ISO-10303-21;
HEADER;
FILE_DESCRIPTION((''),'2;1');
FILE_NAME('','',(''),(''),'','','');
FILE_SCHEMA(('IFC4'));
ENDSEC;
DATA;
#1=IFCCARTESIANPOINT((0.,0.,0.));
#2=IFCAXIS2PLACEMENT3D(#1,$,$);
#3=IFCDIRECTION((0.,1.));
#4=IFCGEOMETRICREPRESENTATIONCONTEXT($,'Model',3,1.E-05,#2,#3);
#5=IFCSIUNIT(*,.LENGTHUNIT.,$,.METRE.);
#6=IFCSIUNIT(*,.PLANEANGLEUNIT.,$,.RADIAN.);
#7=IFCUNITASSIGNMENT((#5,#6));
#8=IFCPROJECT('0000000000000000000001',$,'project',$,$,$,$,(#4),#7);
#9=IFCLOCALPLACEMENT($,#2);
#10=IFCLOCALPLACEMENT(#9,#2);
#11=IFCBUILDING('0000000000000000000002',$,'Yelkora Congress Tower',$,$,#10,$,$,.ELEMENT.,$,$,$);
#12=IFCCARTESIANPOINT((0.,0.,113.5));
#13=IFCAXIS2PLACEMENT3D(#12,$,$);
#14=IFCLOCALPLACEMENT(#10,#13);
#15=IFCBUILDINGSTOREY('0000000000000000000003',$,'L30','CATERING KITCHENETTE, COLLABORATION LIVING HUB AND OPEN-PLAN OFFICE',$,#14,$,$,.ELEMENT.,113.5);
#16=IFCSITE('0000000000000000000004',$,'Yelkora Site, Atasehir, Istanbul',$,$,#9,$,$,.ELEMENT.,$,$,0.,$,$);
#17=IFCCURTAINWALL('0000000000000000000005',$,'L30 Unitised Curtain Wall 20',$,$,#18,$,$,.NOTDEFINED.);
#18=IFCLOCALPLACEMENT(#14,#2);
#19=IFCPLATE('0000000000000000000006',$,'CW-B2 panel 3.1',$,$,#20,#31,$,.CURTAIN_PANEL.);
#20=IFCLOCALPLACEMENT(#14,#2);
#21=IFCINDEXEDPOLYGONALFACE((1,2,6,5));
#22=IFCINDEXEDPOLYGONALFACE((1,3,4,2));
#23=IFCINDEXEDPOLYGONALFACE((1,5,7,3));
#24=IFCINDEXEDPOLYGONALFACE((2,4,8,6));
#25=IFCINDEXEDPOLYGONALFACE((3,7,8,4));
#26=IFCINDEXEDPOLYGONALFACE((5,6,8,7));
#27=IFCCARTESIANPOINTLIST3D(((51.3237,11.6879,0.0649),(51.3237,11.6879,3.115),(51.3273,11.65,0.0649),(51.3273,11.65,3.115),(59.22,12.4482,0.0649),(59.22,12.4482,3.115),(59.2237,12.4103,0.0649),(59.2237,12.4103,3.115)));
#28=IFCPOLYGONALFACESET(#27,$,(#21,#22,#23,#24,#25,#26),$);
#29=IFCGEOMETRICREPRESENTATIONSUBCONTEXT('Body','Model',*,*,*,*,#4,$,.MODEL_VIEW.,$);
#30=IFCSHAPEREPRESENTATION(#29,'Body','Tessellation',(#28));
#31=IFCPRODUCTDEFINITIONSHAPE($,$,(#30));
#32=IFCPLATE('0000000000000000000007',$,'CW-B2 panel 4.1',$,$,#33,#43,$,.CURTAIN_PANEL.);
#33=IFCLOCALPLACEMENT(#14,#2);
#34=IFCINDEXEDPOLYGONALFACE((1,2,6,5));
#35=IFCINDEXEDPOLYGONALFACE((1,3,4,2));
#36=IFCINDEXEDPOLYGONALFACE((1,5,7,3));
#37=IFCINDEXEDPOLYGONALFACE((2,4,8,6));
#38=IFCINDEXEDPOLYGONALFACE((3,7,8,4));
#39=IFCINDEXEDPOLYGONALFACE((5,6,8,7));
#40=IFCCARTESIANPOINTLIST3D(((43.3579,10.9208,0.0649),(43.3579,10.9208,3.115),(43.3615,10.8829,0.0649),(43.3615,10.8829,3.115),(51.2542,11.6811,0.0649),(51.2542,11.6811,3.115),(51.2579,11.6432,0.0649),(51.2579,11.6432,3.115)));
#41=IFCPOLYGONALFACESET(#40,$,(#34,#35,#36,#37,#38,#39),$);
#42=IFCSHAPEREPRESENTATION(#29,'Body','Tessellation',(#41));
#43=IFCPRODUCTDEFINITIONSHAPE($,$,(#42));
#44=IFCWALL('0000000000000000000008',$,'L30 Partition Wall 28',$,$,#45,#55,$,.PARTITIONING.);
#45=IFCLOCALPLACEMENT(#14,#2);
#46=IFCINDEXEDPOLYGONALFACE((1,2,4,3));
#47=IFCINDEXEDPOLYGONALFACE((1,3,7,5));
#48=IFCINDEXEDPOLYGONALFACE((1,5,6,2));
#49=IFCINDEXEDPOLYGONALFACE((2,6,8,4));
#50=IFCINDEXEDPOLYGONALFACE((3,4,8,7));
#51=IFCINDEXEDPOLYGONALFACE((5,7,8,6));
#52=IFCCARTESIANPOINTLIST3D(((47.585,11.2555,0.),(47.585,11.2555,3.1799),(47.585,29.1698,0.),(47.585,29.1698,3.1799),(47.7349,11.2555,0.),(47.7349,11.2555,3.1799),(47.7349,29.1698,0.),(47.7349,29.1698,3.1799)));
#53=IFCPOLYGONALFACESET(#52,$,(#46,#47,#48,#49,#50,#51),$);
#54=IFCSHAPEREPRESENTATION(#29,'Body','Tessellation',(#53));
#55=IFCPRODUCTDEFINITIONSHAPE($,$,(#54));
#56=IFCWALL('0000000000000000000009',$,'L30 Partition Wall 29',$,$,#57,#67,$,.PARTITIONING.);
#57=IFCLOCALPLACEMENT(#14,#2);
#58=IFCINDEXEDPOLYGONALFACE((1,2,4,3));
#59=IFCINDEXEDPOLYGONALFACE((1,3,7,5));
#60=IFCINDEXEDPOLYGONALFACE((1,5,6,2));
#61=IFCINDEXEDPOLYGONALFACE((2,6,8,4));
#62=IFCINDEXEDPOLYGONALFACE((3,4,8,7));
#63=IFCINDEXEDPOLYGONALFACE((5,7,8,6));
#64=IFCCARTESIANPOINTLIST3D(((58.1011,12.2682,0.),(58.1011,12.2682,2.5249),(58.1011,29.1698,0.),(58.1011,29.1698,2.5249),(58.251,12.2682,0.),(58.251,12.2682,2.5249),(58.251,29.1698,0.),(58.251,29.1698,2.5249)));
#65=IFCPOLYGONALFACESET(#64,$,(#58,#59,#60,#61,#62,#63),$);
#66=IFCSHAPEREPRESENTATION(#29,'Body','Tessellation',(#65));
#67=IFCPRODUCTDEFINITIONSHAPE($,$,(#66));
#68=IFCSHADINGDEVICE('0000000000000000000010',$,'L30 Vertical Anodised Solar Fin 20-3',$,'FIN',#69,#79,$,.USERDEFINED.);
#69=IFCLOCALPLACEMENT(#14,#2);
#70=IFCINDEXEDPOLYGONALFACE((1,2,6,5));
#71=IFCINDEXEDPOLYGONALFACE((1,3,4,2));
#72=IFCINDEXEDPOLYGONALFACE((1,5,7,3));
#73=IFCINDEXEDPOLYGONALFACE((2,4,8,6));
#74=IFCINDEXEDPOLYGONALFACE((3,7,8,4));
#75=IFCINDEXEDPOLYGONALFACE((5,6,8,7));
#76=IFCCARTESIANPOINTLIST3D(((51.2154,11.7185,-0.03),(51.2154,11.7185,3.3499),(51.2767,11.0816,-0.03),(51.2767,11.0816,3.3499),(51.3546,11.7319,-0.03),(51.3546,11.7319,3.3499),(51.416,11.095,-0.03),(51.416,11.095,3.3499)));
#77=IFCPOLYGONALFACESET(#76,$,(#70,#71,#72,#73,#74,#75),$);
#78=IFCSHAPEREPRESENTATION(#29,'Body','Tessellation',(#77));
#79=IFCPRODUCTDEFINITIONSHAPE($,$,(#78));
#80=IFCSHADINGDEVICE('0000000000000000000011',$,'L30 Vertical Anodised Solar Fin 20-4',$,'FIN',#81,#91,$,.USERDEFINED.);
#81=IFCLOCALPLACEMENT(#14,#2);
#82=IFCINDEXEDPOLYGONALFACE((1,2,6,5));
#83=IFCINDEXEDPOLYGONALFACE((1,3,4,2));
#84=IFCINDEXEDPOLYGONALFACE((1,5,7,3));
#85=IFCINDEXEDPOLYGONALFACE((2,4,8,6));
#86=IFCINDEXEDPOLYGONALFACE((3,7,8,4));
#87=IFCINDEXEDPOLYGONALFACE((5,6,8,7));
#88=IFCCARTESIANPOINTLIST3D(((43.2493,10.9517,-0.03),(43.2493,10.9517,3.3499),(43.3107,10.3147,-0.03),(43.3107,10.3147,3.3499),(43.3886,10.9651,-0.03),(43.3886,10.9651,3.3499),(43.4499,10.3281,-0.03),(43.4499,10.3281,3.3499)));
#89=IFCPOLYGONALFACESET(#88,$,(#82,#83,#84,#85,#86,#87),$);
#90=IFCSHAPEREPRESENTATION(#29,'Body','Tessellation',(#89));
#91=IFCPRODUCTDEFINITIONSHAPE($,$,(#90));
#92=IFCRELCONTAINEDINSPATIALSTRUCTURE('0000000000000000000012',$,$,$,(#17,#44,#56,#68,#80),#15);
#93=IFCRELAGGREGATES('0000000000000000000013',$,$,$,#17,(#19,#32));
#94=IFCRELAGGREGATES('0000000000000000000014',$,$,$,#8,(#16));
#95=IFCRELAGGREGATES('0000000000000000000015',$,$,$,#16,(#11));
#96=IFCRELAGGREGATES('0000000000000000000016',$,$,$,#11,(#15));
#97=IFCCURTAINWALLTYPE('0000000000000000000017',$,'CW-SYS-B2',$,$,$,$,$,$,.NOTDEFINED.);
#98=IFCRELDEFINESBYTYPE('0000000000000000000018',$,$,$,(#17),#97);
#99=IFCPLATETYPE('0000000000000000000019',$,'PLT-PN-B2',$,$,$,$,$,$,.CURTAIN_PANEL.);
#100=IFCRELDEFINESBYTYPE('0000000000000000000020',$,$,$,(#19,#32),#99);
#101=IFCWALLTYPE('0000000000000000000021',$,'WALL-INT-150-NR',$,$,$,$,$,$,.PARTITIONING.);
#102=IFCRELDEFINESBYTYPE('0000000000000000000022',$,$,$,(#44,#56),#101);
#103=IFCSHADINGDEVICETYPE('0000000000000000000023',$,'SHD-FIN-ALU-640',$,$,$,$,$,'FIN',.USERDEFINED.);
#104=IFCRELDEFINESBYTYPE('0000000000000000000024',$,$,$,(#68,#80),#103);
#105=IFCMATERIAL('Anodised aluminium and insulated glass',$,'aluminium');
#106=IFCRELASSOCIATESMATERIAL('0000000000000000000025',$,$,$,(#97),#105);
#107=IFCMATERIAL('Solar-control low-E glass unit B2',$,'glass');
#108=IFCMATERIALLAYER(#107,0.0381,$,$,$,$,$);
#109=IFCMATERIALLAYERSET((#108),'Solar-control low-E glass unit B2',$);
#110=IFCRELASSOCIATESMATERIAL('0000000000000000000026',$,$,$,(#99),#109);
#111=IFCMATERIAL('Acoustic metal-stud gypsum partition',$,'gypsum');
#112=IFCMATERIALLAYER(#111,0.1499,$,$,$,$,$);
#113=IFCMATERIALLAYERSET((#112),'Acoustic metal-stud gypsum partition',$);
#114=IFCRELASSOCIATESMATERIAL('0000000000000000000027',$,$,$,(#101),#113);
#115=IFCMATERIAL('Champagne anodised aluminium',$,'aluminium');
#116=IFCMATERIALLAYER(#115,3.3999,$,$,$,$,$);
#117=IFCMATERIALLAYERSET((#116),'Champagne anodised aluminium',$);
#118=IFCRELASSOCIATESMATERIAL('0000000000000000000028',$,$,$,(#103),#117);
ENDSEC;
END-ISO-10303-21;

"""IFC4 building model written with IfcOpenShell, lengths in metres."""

from ifc_helpers import new_model, si_unit, direction, frame, frame_2d, origin, origin_2d, place, context, subcontext, project, spatial, rectangle, extrude, material, layer, layer_set, type_object, element, aggregate, save


model = new_model("IFC4")

# Units and contexts
model_context = context("Model", 3, precision=1e-05, world=origin(), true_north=direction((0.0, 1.0)))
body_context = subcontext(model_context, "Body", "Model", "MODEL_VIEW")
ifc_project = project(units=[si_unit("LENGTHUNIT", "METRE"), si_unit("PLANEANGLEUNIT", "RADIAN")], contexts=[model_context])

# Site, building, storey
site_placement = place(None, origin())
site = spatial("IfcSite", under=ifc_project, at=site_placement, Name="Yelkora Site, Atasehir, Istanbul", CompositionType="ELEMENT", RefElevation=0.0)
building_placement = place(site_placement, origin())
building = spatial("IfcBuilding", under=site, at=building_placement, Name="Yelkora Congress Tower", CompositionType="ELEMENT")
storey_placement = place(building_placement, frame((0.0, 0.0, 113.5)))
storey = spatial("IfcBuildingStorey", under=building, at=storey_placement, Name="L30", Description="CATERING KITCHENETTE, COLLABORATION LIVING HUB AND OPEN-PLAN OFFICE", CompositionType="ELEMENT", Elevation=113.5)

# Curtain wall, plates
ifc_material_1 = material(Name="Anodised aluminium and insulated glass", Category="aluminium")
curtain_wall_type = type_object("IfcCurtainWallType", Name="CW-SYS-B2", PredefinedType="NOTDEFINED", material=ifc_material_1)
curtain_wall_placement = place(storey_placement, origin())
curtain_wall = element("IfcCurtainWall", 1, at=curtain_wall_placement, inside=storey, type_object=curtain_wall_type, Name="L30 Unitised Curtain Wall 20", PredefinedType="NOTDEFINED")
ifc_material_2 = material(Name="Solar-control low-E glass unit B2", Category="glass")
ifc_layer_1 = layer(ifc_material_2, 0.0381)
ifc_layer_set_1 = layer_set([ifc_layer_1], Name="Solar-control low-E glass unit B2")
plate_type = type_object("IfcPlateType", Name="PLT-PN-B2", PredefinedType="CURTAIN_PANEL", material=ifc_layer_set_1)
plate_1_placement = place(storey_placement, frame((55.2737, 12.0491, 0.0649), z_axis=(0.0, 0.0, 1.0), x_axis=(-0.995396, -0.095844, 0.0)))
plate_1 = element("IfcPlate", 2, at=plate_1_placement, type_object=plate_type, Name="CW-B2 panel 3.1", PredefinedType="CURTAIN_PANEL", context=body_context, shape_type="SweptSolid", body=[
    extrude(rectangle(XDim=7.9329, YDim=0.0381, at=origin_2d()), origin(), (0.0, 0.0, 1.0), 3.05),
])
plate_2_placement = place(storey_placement, frame((47.3079, 11.282, 0.0649), z_axis=(0.0, 0.0, 1.0), x_axis=(-0.995396, -0.095844, 0.0)))
plate_2 = element("IfcPlate", 3, at=plate_2_placement, type_object=plate_type, Name="CW-B2 panel 4.1", PredefinedType="CURTAIN_PANEL", context=body_context, shape_type="SweptSolid", body=[
    extrude(rectangle(XDim=7.9329, YDim=0.0381, at=origin_2d()), origin(), (0.0, 0.0, 1.0), 3.05),
])
aggregate(curtain_wall, [plate_1, plate_2])

# Walls
ifc_material_3 = material(Name="Acoustic metal-stud gypsum partition", Category="gypsum")
ifc_layer_2 = layer(ifc_material_3, 0.1499)
ifc_layer_set_2 = layer_set([ifc_layer_2], Name="Acoustic metal-stud gypsum partition")
wall_type = type_object("IfcWallType", Name="WALL-INT-150-NR", PredefinedType="PARTITIONING", material=ifc_layer_set_2)
wall_1_placement = place(storey_placement, frame((47.6599, 11.2556, 0.0), z_axis=(0.0, 0.0, 1.0), x_axis=(0.0, 1.0, 0.0)))
element("IfcWall", 4, at=wall_1_placement, inside=storey, type_object=wall_type, Name="L30 Partition Wall 28", PredefinedType="PARTITIONING", context=body_context, shape_type="SweptSolid", body=[
    extrude(rectangle(XDim=17.9143, YDim=0.1499, at=frame_2d((8.957, 0.0))), origin(), (0.0, 0.0, 1.0), 3.1799),
])
wall_2_placement = place(storey_placement, frame((58.176, 12.2683, 0.0), z_axis=(0.0, 0.0, 1.0), x_axis=(0.0, 1.0, 0.0)))
element("IfcWall", 5, at=wall_2_placement, inside=storey, type_object=wall_type, Name="L30 Partition Wall 29", PredefinedType="PARTITIONING", context=body_context, shape_type="SweptSolid", body=[
    extrude(rectangle(XDim=16.9016, YDim=0.1499, at=frame_2d((8.4507, 0.0))), origin(), (0.0, 0.0, 1.0), 2.5249),
])

# Shading devices
ifc_material_4 = material(Name="Champagne anodised aluminium", Category="aluminium")
ifc_layer_3 = layer(ifc_material_4, 3.3999)
ifc_layer_set_3 = layer_set([ifc_layer_3], Name="Champagne anodised aluminium")
shading_device_type = type_object("IfcShadingDeviceType", Name="SHD-FIN-ALU-640", ElementType="FIN", PredefinedType="USERDEFINED", material=ifc_layer_set_3)
for number, where, z_axis, x_axis, name in (
    (6, (51.3157, 11.4067, -0.03), (0.0, 0.0, 1.0), (-0.995396, -0.095846, 0.0), "L30 Vertical Anodised Solar Fin 20-3"),
    (7, (43.3496, 10.6399, -0.03), (0.0, 0.0, 1.0), (-0.995396, -0.095846, 0.0), "L30 Vertical Anodised Solar Fin 20-4"),
):
    element("IfcShadingDevice", number, at=place(storey_placement, frame(where, z_axis=z_axis, x_axis=x_axis)), inside=storey, type_object=shading_device_type, Name=name, ObjectType="FIN", PredefinedType="USERDEFINED", context=body_context, shape_type="SweptSolid", body=[
        extrude(rectangle(XDim=0.1399, YDim=0.6399, at=origin_2d()), origin(), (0.0, 0.0, 1.0), 3.3799),
    ])

save(model, "model.ifc")
